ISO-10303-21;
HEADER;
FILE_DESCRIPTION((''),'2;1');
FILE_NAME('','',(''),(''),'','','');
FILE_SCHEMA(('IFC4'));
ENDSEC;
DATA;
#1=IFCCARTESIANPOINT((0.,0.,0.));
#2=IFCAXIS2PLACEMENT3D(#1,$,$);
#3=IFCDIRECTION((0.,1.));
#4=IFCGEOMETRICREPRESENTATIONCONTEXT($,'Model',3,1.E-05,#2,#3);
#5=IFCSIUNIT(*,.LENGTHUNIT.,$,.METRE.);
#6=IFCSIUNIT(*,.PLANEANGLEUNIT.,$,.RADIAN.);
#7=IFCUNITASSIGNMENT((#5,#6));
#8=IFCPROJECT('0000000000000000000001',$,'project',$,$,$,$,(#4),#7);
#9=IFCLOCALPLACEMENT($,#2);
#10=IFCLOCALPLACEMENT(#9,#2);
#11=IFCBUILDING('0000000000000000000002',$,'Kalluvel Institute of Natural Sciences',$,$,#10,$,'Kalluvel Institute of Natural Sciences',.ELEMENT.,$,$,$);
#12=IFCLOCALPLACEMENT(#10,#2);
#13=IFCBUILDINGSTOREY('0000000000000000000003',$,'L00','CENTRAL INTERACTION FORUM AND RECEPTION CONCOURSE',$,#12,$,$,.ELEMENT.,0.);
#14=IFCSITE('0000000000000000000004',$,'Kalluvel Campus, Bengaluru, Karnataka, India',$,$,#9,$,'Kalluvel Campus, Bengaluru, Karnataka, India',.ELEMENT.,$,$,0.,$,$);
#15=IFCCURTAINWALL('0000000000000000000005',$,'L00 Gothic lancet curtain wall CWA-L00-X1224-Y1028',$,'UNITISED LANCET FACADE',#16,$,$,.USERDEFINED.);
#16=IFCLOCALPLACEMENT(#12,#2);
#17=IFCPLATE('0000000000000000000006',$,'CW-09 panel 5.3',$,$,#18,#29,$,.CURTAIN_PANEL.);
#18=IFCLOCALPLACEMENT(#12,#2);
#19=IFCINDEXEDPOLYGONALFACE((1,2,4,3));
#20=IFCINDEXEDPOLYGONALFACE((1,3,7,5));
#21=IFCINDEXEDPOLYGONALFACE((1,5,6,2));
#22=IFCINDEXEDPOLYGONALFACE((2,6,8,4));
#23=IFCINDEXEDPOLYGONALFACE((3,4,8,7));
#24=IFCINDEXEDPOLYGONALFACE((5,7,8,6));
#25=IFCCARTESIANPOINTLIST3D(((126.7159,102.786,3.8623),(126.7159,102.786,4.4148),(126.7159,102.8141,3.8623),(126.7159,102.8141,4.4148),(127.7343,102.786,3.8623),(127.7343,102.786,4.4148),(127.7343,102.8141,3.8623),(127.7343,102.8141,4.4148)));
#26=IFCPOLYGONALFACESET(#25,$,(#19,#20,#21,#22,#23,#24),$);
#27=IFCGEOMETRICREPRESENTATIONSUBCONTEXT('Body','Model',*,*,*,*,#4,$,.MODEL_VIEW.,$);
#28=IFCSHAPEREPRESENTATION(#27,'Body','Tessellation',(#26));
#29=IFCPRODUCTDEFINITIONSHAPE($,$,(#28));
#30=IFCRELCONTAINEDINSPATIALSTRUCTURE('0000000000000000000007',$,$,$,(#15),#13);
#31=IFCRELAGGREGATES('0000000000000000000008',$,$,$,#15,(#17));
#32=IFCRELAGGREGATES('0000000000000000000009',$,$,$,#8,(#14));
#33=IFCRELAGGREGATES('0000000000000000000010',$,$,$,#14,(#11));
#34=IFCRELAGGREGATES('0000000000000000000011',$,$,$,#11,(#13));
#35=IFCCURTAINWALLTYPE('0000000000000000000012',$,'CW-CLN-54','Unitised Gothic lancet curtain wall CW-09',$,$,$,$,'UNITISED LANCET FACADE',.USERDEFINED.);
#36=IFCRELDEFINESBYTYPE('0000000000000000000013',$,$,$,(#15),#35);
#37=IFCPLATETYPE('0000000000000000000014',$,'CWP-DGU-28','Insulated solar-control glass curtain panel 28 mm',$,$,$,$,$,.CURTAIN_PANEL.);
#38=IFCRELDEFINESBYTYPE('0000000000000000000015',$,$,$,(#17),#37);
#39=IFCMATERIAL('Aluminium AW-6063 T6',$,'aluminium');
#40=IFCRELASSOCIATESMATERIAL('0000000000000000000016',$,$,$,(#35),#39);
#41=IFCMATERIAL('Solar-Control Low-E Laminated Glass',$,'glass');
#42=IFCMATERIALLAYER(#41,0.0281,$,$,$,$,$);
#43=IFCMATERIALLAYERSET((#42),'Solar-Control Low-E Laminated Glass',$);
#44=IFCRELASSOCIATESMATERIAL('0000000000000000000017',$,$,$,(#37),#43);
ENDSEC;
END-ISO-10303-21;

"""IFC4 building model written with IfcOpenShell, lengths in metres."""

from ifc_helpers import new_model, si_unit, direction, frame, origin, origin_2d, place, context, subcontext, project, spatial, rectangle, extrude, material, layer, layer_set, type_object, element, aggregate, save


model = new_model("IFC4")

# Units and contexts
model_context = context("Model", 3, precision=1e-05, world=origin(), true_north=direction((0.0, 1.0)))
body_context = subcontext(model_context, "Body", "Model", "MODEL_VIEW")
ifc_project = project(units=[si_unit("LENGTHUNIT", "METRE"), si_unit("PLANEANGLEUNIT", "RADIAN")], contexts=[model_context])

# Site, building, storey
site_placement = place(None, origin())
site = spatial("IfcSite", under=ifc_project, at=site_placement, Name="Kalluvel Campus, Bengaluru, Karnataka, India", LongName="Kalluvel Campus, Bengaluru, Karnataka, India", CompositionType="ELEMENT", RefElevation=0.0)
building_placement = place(site_placement, origin())
building = spatial("IfcBuilding", under=site, at=building_placement, Name="Kalluvel Institute of Natural Sciences", LongName="Kalluvel Institute of Natural Sciences", CompositionType="ELEMENT")
storey_placement = place(building_placement, origin())
storey = spatial("IfcBuildingStorey", under=building, at=storey_placement, Name="L00", Description="CENTRAL INTERACTION FORUM AND RECEPTION CONCOURSE", CompositionType="ELEMENT", Elevation=0.0)

# Curtain wall, plate
ifc_material_1 = material(Name="Aluminium AW-6063 T6", Category="aluminium")
curtain_wall_type = type_object("IfcCurtainWallType", Name="CW-CLN-54", Description="Unitised Gothic lancet curtain wall CW-09", ElementType="UNITISED LANCET FACADE", PredefinedType="USERDEFINED", material=ifc_material_1)
curtain_wall_placement = place(storey_placement, origin())
curtain_wall = element("IfcCurtainWall", 1, at=curtain_wall_placement, inside=storey, type_object=curtain_wall_type, Name="L00 Gothic lancet curtain wall CWA-L00-X1224-Y1028", ObjectType="UNITISED LANCET FACADE", PredefinedType="USERDEFINED")
ifc_material_2 = material(Name="Solar-Control Low-E Laminated Glass", Category="glass")
ifc_layer = layer(ifc_material_2, 0.0281)
ifc_layer_set = layer_set([ifc_layer], Name="Solar-Control Low-E Laminated Glass")
plate_type = type_object("IfcPlateType", Name="CWP-DGU-28", Description="Insulated solar-control glass curtain panel 28 mm", PredefinedType="CURTAIN_PANEL", material=ifc_layer_set)
plate_1_placement = place(storey_placement, frame((127.2251, 102.8, 3.8623), z_axis=(0.0, 0.0, 1.0), x_axis=(1.0, 0.0, 0.0)))
plate_1 = element("IfcPlate", 2, at=plate_1_placement, type_object=plate_type, Name="CW-09 panel 5.3", PredefinedType="CURTAIN_PANEL", context=body_context, shape_type="SweptSolid", body=[
    extrude(rectangle(XDim=1.0183, YDim=0.0281, at=origin_2d()), origin(), (0.0, 0.0, 1.0), 0.5525),
])
aggregate(curtain_wall, [plate_1])

save(model, "model.ifc")
